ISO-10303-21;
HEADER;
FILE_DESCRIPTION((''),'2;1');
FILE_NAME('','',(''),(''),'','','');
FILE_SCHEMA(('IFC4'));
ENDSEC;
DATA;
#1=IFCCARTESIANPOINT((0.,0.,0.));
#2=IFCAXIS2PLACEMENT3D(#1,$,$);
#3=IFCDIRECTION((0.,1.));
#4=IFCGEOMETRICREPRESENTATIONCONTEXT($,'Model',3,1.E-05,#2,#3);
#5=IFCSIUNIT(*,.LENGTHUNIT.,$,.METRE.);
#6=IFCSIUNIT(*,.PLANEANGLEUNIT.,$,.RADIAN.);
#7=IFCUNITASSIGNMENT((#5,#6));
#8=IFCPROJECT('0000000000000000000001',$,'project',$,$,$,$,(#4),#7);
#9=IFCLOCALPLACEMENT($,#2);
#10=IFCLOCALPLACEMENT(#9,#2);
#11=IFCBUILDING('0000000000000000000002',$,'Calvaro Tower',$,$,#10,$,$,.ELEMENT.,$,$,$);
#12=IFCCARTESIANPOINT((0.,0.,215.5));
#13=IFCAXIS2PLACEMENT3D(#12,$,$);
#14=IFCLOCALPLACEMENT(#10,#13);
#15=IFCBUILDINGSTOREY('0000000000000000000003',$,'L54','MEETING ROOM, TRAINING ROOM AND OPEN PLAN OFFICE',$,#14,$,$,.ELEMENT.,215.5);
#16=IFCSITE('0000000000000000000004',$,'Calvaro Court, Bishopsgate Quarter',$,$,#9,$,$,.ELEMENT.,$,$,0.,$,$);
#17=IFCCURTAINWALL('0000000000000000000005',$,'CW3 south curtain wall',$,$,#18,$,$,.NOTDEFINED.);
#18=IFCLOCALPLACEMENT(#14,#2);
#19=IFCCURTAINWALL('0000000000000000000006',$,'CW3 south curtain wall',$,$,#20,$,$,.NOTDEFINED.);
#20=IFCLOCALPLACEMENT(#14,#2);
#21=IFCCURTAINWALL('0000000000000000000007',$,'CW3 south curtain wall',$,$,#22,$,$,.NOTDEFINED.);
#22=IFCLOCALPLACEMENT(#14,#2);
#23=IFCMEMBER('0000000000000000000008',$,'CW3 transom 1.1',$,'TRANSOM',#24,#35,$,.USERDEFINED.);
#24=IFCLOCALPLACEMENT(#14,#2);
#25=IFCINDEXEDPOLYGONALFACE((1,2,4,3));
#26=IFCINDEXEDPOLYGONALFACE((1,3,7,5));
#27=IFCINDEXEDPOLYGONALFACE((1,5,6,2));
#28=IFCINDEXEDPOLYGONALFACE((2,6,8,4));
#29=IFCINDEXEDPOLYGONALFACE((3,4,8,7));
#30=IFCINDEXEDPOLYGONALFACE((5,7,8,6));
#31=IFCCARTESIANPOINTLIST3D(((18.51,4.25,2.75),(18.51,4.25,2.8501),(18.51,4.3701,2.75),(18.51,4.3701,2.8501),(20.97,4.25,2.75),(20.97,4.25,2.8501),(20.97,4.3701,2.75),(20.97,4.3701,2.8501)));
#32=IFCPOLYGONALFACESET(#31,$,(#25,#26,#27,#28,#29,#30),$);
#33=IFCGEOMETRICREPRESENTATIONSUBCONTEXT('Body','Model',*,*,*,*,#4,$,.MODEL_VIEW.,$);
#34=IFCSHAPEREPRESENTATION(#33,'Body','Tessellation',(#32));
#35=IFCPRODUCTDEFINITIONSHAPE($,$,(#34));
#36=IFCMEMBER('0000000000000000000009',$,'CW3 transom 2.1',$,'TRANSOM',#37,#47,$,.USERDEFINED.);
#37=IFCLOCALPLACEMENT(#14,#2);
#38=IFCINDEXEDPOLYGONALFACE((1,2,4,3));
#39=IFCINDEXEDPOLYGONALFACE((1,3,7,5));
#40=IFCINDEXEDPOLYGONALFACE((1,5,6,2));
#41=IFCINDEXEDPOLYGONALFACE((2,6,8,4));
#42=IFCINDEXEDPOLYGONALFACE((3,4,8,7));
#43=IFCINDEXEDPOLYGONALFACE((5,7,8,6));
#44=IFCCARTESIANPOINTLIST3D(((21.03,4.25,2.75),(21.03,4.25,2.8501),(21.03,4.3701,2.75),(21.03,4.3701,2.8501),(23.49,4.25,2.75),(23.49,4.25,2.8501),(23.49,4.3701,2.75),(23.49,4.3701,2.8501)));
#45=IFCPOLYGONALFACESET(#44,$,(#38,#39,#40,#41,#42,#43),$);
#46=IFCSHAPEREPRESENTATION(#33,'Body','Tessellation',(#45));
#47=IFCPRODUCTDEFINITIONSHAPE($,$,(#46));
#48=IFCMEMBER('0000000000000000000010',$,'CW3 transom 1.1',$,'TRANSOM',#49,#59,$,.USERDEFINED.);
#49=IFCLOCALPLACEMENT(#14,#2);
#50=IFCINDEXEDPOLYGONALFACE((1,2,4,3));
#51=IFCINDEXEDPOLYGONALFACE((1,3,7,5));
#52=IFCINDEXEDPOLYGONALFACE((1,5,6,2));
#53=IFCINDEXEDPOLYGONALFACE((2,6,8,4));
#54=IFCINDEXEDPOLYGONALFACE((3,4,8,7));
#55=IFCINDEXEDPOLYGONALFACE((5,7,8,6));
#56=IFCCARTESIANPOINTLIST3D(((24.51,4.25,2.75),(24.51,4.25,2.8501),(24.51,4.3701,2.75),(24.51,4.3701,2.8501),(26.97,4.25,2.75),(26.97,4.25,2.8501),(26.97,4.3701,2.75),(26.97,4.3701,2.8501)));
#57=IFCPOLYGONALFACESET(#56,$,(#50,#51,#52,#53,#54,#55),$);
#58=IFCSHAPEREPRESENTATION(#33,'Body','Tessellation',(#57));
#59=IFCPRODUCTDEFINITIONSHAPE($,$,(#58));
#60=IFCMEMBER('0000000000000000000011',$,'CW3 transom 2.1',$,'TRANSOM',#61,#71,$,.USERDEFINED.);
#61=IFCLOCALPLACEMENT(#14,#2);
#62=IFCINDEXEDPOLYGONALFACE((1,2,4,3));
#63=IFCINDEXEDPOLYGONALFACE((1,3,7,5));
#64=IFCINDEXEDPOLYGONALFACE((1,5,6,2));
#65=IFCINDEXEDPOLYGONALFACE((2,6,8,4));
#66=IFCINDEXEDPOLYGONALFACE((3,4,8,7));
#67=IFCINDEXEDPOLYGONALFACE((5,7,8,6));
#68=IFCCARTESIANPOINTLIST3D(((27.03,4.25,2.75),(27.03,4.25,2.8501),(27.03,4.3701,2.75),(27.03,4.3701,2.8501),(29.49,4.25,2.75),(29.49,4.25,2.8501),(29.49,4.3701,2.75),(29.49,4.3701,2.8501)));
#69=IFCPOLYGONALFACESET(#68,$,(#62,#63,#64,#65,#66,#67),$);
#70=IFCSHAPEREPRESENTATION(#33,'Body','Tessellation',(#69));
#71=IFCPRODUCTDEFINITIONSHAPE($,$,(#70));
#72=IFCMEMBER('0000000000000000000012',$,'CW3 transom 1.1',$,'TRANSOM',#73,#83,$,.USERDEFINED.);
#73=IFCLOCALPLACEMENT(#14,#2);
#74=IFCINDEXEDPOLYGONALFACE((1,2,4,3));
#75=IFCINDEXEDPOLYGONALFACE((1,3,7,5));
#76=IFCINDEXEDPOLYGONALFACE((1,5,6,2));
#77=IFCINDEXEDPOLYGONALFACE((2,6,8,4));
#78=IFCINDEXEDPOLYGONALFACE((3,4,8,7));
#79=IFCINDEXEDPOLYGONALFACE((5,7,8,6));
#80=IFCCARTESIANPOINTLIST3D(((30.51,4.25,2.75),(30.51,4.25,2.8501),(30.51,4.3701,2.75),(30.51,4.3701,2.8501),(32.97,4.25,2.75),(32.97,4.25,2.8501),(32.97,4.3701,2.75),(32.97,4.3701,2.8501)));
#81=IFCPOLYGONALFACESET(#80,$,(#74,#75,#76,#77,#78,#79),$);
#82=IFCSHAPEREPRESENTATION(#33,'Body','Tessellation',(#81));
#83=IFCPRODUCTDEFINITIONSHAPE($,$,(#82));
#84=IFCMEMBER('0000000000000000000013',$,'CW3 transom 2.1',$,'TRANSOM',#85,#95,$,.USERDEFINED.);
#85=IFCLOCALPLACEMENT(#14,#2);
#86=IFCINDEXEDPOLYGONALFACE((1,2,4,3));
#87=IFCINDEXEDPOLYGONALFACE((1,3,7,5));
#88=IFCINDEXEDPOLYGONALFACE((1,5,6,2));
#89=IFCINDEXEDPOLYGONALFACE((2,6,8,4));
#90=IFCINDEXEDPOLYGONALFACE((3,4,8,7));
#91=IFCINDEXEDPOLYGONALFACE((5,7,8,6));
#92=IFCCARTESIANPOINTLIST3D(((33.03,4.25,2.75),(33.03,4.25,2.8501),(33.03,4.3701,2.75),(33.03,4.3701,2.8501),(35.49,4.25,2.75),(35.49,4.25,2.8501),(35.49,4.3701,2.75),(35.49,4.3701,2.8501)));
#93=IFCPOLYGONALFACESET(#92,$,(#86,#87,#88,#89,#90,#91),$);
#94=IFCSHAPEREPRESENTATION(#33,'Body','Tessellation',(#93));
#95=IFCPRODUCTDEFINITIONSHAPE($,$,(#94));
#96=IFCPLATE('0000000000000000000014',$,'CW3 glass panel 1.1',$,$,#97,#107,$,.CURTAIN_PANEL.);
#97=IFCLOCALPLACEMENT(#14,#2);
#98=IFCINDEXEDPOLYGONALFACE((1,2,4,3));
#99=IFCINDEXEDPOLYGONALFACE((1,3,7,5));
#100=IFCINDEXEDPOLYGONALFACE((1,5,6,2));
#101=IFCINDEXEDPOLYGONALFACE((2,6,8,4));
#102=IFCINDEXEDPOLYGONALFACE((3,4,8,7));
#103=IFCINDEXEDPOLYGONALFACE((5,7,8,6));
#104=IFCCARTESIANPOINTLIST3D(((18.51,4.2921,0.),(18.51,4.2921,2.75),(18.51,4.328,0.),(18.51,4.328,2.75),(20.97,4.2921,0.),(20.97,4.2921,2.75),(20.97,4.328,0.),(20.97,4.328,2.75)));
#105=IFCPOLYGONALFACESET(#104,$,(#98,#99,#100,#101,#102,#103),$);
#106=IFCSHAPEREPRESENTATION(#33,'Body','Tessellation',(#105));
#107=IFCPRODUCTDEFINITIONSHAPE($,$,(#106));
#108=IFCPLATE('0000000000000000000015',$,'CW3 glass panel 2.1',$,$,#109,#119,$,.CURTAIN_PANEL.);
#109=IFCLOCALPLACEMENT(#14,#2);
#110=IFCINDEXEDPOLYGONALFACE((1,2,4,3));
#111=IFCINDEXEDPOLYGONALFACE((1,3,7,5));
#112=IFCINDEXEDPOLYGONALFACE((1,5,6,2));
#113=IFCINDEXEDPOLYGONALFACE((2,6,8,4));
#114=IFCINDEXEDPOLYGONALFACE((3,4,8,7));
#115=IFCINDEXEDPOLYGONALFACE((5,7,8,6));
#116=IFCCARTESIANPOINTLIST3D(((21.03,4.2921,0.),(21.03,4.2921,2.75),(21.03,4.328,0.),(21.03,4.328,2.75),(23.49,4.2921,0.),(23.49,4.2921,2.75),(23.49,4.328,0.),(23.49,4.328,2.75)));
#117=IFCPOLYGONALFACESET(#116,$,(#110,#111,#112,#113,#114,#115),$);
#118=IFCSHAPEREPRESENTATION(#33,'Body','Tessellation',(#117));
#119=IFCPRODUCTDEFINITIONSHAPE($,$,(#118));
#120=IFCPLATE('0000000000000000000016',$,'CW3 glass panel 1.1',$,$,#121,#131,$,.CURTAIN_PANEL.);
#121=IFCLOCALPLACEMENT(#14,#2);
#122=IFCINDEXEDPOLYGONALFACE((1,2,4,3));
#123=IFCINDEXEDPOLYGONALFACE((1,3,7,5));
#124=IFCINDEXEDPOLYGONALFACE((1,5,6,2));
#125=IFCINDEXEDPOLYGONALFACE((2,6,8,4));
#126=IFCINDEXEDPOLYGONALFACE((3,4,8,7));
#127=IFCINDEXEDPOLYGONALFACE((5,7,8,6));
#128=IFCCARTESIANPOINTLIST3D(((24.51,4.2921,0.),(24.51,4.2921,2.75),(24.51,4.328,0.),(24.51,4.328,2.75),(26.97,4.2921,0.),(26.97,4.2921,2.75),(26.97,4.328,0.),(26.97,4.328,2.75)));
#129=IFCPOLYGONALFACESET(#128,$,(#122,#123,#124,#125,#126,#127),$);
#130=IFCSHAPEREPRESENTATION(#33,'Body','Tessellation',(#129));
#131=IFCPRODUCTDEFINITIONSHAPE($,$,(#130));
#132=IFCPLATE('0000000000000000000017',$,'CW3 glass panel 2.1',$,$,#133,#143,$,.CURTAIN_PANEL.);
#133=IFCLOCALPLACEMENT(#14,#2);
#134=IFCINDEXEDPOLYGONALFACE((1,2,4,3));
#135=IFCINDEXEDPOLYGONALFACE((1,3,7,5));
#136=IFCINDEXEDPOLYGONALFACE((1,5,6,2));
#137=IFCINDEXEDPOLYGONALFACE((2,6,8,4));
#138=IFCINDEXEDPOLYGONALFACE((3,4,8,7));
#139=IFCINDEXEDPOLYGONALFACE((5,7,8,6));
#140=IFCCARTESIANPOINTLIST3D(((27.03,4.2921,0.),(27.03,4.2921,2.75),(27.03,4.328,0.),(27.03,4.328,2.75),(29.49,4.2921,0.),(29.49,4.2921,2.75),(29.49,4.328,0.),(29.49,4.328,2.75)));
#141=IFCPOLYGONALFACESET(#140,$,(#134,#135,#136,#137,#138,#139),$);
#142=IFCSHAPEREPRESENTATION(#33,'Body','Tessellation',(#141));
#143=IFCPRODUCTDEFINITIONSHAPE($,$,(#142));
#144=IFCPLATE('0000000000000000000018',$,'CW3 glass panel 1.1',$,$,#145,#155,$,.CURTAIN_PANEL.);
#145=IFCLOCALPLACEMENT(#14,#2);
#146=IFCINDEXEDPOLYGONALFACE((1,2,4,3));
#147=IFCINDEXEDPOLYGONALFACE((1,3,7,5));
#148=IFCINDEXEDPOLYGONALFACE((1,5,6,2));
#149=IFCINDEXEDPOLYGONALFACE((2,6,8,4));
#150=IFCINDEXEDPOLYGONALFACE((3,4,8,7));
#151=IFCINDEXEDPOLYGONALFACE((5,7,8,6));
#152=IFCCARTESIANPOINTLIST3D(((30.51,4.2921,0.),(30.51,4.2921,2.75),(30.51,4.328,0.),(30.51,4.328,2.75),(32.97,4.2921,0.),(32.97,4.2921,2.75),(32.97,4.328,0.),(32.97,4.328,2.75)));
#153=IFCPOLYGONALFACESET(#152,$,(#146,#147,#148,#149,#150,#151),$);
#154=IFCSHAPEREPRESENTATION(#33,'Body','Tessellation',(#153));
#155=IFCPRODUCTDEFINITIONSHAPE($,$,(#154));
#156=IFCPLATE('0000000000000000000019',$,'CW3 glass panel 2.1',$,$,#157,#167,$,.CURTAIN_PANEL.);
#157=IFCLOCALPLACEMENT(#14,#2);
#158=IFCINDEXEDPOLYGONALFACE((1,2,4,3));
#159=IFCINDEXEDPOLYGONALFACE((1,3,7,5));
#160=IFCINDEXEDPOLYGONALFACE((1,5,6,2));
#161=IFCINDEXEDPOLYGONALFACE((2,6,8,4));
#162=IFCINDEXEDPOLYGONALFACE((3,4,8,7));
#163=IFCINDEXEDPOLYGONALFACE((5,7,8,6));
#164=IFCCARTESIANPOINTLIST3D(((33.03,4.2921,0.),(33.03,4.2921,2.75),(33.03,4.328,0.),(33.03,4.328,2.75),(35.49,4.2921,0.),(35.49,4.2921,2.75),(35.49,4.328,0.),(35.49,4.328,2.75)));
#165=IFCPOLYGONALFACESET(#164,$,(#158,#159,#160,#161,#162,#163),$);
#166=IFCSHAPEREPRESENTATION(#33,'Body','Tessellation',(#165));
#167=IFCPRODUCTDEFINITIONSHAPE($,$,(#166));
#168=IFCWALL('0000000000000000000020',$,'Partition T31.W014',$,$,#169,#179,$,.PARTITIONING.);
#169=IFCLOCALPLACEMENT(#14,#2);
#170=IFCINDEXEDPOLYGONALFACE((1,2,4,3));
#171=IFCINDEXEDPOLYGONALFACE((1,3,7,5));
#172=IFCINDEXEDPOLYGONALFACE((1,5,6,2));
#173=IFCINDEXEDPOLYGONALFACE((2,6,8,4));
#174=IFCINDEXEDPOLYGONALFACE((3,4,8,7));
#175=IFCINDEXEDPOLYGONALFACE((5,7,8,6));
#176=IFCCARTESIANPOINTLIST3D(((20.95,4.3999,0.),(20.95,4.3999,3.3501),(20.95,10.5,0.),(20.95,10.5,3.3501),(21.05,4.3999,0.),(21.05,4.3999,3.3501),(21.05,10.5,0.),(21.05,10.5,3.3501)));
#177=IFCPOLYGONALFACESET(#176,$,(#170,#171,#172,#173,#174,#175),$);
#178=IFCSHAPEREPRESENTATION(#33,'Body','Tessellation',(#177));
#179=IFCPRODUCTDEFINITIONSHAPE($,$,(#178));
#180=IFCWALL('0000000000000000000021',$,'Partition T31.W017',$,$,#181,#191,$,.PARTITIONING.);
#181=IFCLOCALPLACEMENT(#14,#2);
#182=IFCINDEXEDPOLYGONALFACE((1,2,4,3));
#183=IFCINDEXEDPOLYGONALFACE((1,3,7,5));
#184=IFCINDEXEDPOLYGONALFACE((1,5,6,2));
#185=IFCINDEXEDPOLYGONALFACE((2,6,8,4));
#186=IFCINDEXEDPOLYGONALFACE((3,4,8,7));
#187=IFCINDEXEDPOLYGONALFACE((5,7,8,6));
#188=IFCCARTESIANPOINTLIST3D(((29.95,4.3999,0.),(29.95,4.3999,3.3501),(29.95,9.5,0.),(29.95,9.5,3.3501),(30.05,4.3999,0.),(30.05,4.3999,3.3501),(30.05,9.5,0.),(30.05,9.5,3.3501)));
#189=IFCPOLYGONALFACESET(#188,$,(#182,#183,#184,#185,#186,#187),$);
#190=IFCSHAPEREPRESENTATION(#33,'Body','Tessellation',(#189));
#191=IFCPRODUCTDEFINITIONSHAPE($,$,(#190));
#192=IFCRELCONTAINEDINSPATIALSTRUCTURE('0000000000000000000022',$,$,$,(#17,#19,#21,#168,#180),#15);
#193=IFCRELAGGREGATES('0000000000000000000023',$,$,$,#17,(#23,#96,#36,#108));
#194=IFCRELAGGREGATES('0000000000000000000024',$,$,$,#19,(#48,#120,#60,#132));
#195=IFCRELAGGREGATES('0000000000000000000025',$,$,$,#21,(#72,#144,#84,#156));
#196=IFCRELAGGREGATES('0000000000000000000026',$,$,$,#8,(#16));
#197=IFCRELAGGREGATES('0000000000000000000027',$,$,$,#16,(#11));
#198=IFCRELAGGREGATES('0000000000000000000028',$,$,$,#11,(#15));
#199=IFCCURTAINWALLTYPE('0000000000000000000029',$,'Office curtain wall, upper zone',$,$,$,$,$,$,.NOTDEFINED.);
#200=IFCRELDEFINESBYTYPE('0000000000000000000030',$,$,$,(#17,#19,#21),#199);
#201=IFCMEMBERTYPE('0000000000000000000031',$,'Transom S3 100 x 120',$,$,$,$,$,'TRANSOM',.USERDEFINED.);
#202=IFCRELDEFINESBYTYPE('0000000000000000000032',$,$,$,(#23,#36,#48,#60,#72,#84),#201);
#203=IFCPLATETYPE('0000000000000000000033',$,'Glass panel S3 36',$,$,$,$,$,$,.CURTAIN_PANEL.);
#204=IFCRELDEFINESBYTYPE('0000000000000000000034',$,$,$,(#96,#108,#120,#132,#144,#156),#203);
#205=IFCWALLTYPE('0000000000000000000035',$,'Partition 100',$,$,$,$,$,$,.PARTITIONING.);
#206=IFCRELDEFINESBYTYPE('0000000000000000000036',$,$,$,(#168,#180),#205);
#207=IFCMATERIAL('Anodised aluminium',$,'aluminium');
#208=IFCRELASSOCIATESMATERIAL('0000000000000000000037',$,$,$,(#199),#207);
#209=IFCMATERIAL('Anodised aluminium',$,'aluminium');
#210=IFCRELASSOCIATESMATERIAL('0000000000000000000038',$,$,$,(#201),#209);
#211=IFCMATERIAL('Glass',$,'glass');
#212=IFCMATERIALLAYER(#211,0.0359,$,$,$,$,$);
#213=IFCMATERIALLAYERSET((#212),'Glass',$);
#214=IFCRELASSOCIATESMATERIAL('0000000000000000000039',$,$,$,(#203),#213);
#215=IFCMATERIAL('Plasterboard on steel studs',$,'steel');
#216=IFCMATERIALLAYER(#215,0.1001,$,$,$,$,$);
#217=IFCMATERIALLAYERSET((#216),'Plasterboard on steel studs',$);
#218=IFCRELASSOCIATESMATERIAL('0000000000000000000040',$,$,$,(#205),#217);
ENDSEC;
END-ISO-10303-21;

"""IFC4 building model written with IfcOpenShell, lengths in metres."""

from ifc_helpers import new_model, si_unit, direction, frame, frame_2d, origin, origin_2d, place, context, subcontext, project, spatial, rectangle, extrude, material, layer, layer_set, material_profile, profile_set, type_object, element, aggregate, save


model = new_model("IFC4")

# Units and contexts
model_context = context("Model", 3, precision=1e-05, world=origin(), true_north=direction((0.0, 1.0)))
body_context = subcontext(model_context, "Body", "Model", "MODEL_VIEW")
ifc_project = project(units=[si_unit("LENGTHUNIT", "METRE"), si_unit("PLANEANGLEUNIT", "RADIAN")], contexts=[model_context])

# Site, building, storey
site_placement = place(None, origin())
site = spatial("IfcSite", under=ifc_project, at=site_placement, Name="Calvaro Court, Bishopsgate Quarter", CompositionType="ELEMENT", RefElevation=0.0)
building_placement = place(site_placement, origin())
building = spatial("IfcBuilding", under=site, at=building_placement, Name="Calvaro Tower", CompositionType="ELEMENT")
storey_placement = place(building_placement, frame((0.0, 0.0, 215.5)))
storey = spatial("IfcBuildingStorey", under=building, at=storey_placement, Name="L54", Description="MEETING ROOM, TRAINING ROOM AND OPEN PLAN OFFICE", CompositionType="ELEMENT", Elevation=215.5)

# Shared definitions
ifc_material_1 = material(Name="Anodised aluminium", Category="aluminium")
curtain_wall_type = type_object("IfcCurtainWallType", Name="Office curtain wall, upper zone", PredefinedType="NOTDEFINED", material=ifc_material_1)

# Curtain walls
curtain_wall_1_placement = place(storey_placement, origin())
curtain_wall_1 = element("IfcCurtainWall", 1, at=curtain_wall_1_placement, inside=storey, type_object=curtain_wall_type, Name="CW3 south curtain wall", PredefinedType="NOTDEFINED")
curtain_wall_2_placement = place(storey_placement, origin())
curtain_wall_2 = element("IfcCurtainWall", 2, at=curtain_wall_2_placement, inside=storey, type_object=curtain_wall_type, Name="CW3 south curtain wall", PredefinedType="NOTDEFINED")
curtain_wall_3_placement = place(storey_placement, origin())
curtain_wall_3 = element("IfcCurtainWall", 3, at=curtain_wall_3_placement, inside=storey, type_object=curtain_wall_type, Name="CW3 south curtain wall", PredefinedType="NOTDEFINED")

# Members
ifc_material_2 = material(Name="Anodised aluminium", Category="aluminium")
ifc_material_profile_1 = material_profile(ifc_material_2, rectangle(XDim=0.1201, YDim=0.1001, at=origin_2d()), Name="Transom S3 100 x 120")
ifc_profile_set_1 = profile_set([ifc_material_profile_1], Name="Anodised aluminium")
member_type_1 = type_object("IfcMemberType", Name="Transom S3 100 x 120", ElementType="TRANSOM", PredefinedType="USERDEFINED", material=ifc_profile_set_1)
member_1_placement = place(storey_placement, frame((18.51, 4.3101, 2.8), z_axis=(1.0, 0.0, 0.0), x_axis=(0.0, 1.0, 0.0)))
member_1 = element("IfcMember", 4, at=member_1_placement, type_object=member_type_1, Name="CW3 transom 1.1", ObjectType="TRANSOM", PredefinedType="USERDEFINED", context=body_context, shape_type="SweptSolid", body=[
    extrude(rectangle(XDim=0.1201, YDim=0.1001, at=origin_2d()), origin(), (0.0, 0.0, 1.0), 2.46),
])
member_2_placement = place(storey_placement, frame((21.03, 4.3101, 2.8), z_axis=(1.0, 0.0, 0.0), x_axis=(0.0, 1.0, 0.0)))
member_2 = element("IfcMember", 5, at=member_2_placement, type_object=member_type_1, Name="CW3 transom 2.1", ObjectType="TRANSOM", PredefinedType="USERDEFINED", context=body_context, shape_type="SweptSolid", body=[
    extrude(rectangle(XDim=0.1201, YDim=0.1001, at=origin_2d()), origin(), (0.0, 0.0, 1.0), 2.46),
])
member_3_placement = place(storey_placement, frame((24.51, 4.3101, 2.8), z_axis=(1.0, 0.0, 0.0), x_axis=(0.0, 1.0, 0.0)))
member_3 = element("IfcMember", 6, at=member_3_placement, type_object=member_type_1, Name="CW3 transom 1.1", ObjectType="TRANSOM", PredefinedType="USERDEFINED", context=body_context, shape_type="SweptSolid", body=[
    extrude(rectangle(XDim=0.1201, YDim=0.1001, at=origin_2d()), origin(), (0.0, 0.0, 1.0), 2.46),
])
member_4_placement = place(storey_placement, frame((27.03, 4.3101, 2.8), z_axis=(1.0, 0.0, 0.0), x_axis=(0.0, 1.0, 0.0)))
member_4 = element("IfcMember", 7, at=member_4_placement, type_object=member_type_1, Name="CW3 transom 2.1", ObjectType="TRANSOM", PredefinedType="USERDEFINED", context=body_context, shape_type="SweptSolid", body=[
    extrude(rectangle(XDim=0.1201, YDim=0.1001, at=origin_2d()), origin(), (0.0, 0.0, 1.0), 2.46),
])
member_5_placement = place(storey_placement, frame((30.51, 4.3101, 2.8), z_axis=(1.0, 0.0, 0.0), x_axis=(0.0, 1.0, 0.0)))
member_5 = element("IfcMember", 8, at=member_5_placement, type_object=member_type_1, Name="CW3 transom 1.1", ObjectType="TRANSOM", PredefinedType="USERDEFINED", context=body_context, shape_type="SweptSolid", body=[
    extrude(rectangle(XDim=0.1201, YDim=0.1001, at=origin_2d()), origin(), (0.0, 0.0, 1.0), 2.46),
])
member_6_placement = place(storey_placement, frame((33.03, 4.3101, 2.8), z_axis=(1.0, 0.0, 0.0), x_axis=(0.0, 1.0, 0.0)))
member_6 = element("IfcMember", 9, at=member_6_placement, type_object=member_type_1, Name="CW3 transom 2.1", ObjectType="TRANSOM", PredefinedType="USERDEFINED", context=body_context, shape_type="SweptSolid", body=[
    extrude(rectangle(XDim=0.1201, YDim=0.1001, at=origin_2d()), origin(), (0.0, 0.0, 1.0), 2.46),
])

# Plates
ifc_material_3 = material(Name="Glass", Category="glass")
ifc_layer_1 = layer(ifc_material_3, 0.0359)
ifc_layer_set_1 = layer_set([ifc_layer_1], Name="Glass")
plate_type = type_object("IfcPlateType", Name="Glass panel S3 36", PredefinedType="CURTAIN_PANEL", material=ifc_layer_set_1)
plate_1_placement = place(storey_placement, frame((19.74, 4.3101, 0.0), z_axis=(0.0, 0.0, 1.0), x_axis=(1.0, 0.0, 0.0)))
plate_1 = element("IfcPlate", 10, at=plate_1_placement, type_object=plate_type, Name="CW3 glass panel 1.1", PredefinedType="CURTAIN_PANEL", context=body_context, shape_type="SweptSolid", body=[
    extrude(rectangle(XDim=2.46, YDim=0.0359, at=origin_2d()), origin(), (0.0, 0.0, 1.0), 2.75),
])
plate_2_placement = place(storey_placement, frame((22.26, 4.3101, 0.0), z_axis=(0.0, 0.0, 1.0), x_axis=(1.0, 0.0, 0.0)))
plate_2 = element("IfcPlate", 11, at=plate_2_placement, type_object=plate_type, Name="CW3 glass panel 2.1", PredefinedType="CURTAIN_PANEL", context=body_context, shape_type="SweptSolid", body=[
    extrude(rectangle(XDim=2.46, YDim=0.0359, at=origin_2d()), origin(), (0.0, 0.0, 1.0), 2.75),
])
aggregate(curtain_wall_1, [member_1, plate_1, member_2, plate_2])
plate_3_placement = place(storey_placement, frame((25.74, 4.3101, 0.0), z_axis=(0.0, 0.0, 1.0), x_axis=(1.0, 0.0, 0.0)))
plate_3 = element("IfcPlate", 12, at=plate_3_placement, type_object=plate_type, Name="CW3 glass panel 1.1", PredefinedType="CURTAIN_PANEL", context=body_context, shape_type="SweptSolid", body=[
    extrude(rectangle(XDim=2.46, YDim=0.0359, at=origin_2d()), origin(), (0.0, 0.0, 1.0), 2.75),
])
plate_4_placement = place(storey_placement, frame((28.26, 4.3101, 0.0), z_axis=(0.0, 0.0, 1.0), x_axis=(1.0, 0.0, 0.0)))
plate_4 = element("IfcPlate", 13, at=plate_4_placement, type_object=plate_type, Name="CW3 glass panel 2.1", PredefinedType="CURTAIN_PANEL", context=body_context, shape_type="SweptSolid", body=[
    extrude(rectangle(XDim=2.46, YDim=0.0359, at=origin_2d()), origin(), (0.0, 0.0, 1.0), 2.75),
])
aggregate(curtain_wall_2, [member_3, plate_3, member_4, plate_4])
plate_5_placement = place(storey_placement, frame((31.74, 4.3101, 0.0), z_axis=(0.0, 0.0, 1.0), x_axis=(1.0, 0.0, 0.0)))
plate_5 = element("IfcPlate", 14, at=plate_5_placement, type_object=plate_type, Name="CW3 glass panel 1.1", PredefinedType="CURTAIN_PANEL", context=body_context, shape_type="SweptSolid", body=[
    extrude(rectangle(XDim=2.46, YDim=0.0359, at=origin_2d()), origin(), (0.0, 0.0, 1.0), 2.75),
])
plate_6_placement = place(storey_placement, frame((34.26, 4.3101, 0.0), z_axis=(0.0, 0.0, 1.0), x_axis=(1.0, 0.0, 0.0)))
plate_6 = element("IfcPlate", 15, at=plate_6_placement, type_object=plate_type, Name="CW3 glass panel 2.1", PredefinedType="CURTAIN_PANEL", context=body_context, shape_type="SweptSolid", body=[
    extrude(rectangle(XDim=2.46, YDim=0.0359, at=origin_2d()), origin(), (0.0, 0.0, 1.0), 2.75),
])
aggregate(curtain_wall_3, [member_5, plate_5, member_6, plate_6])

# Walls
ifc_material_4 = material(Name="Plasterboard on steel studs", Category="steel")
ifc_layer_2 = layer(ifc_material_4, 0.1001)
ifc_layer_set_2 = layer_set([ifc_layer_2], Name="Plasterboard on steel studs")
wall_type = type_object("IfcWallType", Name="Partition 100", PredefinedType="PARTITIONING", material=ifc_layer_set_2)
wall_1_placement = place(storey_placement, frame((21.0, 4.3999, 0.0), z_axis=(0.0, 0.0, 1.0), x_axis=(0.0, 1.0, 0.0)))
element("IfcWall", 16, at=wall_1_placement, inside=storey, type_object=wall_type, Name="Partition T31.W014", PredefinedType="PARTITIONING", context=body_context, shape_type="SweptSolid", body=[
    extrude(rectangle(XDim=6.1001, YDim=0.1001, at=frame_2d((3.05, 0.0))), origin(), (0.0, 0.0, 1.0), 3.3501),
])
wall_2_placement = place(storey_placement, frame((30.0, 4.3999, 0.0), z_axis=(0.0, 0.0, 1.0), x_axis=(0.0, 1.0, 0.0)))
element("IfcWall", 17, at=wall_2_placement, inside=storey, type_object=wall_type, Name="Partition T31.W017", PredefinedType="PARTITIONING", context=body_context, shape_type="SweptSolid", body=[
    extrude(rectangle(XDim=5.1001, YDim=0.1001, at=frame_2d((2.55, 0.0))), origin(), (0.0, 0.0, 1.0), 3.3501),
])

save(model, "model.ifc")
